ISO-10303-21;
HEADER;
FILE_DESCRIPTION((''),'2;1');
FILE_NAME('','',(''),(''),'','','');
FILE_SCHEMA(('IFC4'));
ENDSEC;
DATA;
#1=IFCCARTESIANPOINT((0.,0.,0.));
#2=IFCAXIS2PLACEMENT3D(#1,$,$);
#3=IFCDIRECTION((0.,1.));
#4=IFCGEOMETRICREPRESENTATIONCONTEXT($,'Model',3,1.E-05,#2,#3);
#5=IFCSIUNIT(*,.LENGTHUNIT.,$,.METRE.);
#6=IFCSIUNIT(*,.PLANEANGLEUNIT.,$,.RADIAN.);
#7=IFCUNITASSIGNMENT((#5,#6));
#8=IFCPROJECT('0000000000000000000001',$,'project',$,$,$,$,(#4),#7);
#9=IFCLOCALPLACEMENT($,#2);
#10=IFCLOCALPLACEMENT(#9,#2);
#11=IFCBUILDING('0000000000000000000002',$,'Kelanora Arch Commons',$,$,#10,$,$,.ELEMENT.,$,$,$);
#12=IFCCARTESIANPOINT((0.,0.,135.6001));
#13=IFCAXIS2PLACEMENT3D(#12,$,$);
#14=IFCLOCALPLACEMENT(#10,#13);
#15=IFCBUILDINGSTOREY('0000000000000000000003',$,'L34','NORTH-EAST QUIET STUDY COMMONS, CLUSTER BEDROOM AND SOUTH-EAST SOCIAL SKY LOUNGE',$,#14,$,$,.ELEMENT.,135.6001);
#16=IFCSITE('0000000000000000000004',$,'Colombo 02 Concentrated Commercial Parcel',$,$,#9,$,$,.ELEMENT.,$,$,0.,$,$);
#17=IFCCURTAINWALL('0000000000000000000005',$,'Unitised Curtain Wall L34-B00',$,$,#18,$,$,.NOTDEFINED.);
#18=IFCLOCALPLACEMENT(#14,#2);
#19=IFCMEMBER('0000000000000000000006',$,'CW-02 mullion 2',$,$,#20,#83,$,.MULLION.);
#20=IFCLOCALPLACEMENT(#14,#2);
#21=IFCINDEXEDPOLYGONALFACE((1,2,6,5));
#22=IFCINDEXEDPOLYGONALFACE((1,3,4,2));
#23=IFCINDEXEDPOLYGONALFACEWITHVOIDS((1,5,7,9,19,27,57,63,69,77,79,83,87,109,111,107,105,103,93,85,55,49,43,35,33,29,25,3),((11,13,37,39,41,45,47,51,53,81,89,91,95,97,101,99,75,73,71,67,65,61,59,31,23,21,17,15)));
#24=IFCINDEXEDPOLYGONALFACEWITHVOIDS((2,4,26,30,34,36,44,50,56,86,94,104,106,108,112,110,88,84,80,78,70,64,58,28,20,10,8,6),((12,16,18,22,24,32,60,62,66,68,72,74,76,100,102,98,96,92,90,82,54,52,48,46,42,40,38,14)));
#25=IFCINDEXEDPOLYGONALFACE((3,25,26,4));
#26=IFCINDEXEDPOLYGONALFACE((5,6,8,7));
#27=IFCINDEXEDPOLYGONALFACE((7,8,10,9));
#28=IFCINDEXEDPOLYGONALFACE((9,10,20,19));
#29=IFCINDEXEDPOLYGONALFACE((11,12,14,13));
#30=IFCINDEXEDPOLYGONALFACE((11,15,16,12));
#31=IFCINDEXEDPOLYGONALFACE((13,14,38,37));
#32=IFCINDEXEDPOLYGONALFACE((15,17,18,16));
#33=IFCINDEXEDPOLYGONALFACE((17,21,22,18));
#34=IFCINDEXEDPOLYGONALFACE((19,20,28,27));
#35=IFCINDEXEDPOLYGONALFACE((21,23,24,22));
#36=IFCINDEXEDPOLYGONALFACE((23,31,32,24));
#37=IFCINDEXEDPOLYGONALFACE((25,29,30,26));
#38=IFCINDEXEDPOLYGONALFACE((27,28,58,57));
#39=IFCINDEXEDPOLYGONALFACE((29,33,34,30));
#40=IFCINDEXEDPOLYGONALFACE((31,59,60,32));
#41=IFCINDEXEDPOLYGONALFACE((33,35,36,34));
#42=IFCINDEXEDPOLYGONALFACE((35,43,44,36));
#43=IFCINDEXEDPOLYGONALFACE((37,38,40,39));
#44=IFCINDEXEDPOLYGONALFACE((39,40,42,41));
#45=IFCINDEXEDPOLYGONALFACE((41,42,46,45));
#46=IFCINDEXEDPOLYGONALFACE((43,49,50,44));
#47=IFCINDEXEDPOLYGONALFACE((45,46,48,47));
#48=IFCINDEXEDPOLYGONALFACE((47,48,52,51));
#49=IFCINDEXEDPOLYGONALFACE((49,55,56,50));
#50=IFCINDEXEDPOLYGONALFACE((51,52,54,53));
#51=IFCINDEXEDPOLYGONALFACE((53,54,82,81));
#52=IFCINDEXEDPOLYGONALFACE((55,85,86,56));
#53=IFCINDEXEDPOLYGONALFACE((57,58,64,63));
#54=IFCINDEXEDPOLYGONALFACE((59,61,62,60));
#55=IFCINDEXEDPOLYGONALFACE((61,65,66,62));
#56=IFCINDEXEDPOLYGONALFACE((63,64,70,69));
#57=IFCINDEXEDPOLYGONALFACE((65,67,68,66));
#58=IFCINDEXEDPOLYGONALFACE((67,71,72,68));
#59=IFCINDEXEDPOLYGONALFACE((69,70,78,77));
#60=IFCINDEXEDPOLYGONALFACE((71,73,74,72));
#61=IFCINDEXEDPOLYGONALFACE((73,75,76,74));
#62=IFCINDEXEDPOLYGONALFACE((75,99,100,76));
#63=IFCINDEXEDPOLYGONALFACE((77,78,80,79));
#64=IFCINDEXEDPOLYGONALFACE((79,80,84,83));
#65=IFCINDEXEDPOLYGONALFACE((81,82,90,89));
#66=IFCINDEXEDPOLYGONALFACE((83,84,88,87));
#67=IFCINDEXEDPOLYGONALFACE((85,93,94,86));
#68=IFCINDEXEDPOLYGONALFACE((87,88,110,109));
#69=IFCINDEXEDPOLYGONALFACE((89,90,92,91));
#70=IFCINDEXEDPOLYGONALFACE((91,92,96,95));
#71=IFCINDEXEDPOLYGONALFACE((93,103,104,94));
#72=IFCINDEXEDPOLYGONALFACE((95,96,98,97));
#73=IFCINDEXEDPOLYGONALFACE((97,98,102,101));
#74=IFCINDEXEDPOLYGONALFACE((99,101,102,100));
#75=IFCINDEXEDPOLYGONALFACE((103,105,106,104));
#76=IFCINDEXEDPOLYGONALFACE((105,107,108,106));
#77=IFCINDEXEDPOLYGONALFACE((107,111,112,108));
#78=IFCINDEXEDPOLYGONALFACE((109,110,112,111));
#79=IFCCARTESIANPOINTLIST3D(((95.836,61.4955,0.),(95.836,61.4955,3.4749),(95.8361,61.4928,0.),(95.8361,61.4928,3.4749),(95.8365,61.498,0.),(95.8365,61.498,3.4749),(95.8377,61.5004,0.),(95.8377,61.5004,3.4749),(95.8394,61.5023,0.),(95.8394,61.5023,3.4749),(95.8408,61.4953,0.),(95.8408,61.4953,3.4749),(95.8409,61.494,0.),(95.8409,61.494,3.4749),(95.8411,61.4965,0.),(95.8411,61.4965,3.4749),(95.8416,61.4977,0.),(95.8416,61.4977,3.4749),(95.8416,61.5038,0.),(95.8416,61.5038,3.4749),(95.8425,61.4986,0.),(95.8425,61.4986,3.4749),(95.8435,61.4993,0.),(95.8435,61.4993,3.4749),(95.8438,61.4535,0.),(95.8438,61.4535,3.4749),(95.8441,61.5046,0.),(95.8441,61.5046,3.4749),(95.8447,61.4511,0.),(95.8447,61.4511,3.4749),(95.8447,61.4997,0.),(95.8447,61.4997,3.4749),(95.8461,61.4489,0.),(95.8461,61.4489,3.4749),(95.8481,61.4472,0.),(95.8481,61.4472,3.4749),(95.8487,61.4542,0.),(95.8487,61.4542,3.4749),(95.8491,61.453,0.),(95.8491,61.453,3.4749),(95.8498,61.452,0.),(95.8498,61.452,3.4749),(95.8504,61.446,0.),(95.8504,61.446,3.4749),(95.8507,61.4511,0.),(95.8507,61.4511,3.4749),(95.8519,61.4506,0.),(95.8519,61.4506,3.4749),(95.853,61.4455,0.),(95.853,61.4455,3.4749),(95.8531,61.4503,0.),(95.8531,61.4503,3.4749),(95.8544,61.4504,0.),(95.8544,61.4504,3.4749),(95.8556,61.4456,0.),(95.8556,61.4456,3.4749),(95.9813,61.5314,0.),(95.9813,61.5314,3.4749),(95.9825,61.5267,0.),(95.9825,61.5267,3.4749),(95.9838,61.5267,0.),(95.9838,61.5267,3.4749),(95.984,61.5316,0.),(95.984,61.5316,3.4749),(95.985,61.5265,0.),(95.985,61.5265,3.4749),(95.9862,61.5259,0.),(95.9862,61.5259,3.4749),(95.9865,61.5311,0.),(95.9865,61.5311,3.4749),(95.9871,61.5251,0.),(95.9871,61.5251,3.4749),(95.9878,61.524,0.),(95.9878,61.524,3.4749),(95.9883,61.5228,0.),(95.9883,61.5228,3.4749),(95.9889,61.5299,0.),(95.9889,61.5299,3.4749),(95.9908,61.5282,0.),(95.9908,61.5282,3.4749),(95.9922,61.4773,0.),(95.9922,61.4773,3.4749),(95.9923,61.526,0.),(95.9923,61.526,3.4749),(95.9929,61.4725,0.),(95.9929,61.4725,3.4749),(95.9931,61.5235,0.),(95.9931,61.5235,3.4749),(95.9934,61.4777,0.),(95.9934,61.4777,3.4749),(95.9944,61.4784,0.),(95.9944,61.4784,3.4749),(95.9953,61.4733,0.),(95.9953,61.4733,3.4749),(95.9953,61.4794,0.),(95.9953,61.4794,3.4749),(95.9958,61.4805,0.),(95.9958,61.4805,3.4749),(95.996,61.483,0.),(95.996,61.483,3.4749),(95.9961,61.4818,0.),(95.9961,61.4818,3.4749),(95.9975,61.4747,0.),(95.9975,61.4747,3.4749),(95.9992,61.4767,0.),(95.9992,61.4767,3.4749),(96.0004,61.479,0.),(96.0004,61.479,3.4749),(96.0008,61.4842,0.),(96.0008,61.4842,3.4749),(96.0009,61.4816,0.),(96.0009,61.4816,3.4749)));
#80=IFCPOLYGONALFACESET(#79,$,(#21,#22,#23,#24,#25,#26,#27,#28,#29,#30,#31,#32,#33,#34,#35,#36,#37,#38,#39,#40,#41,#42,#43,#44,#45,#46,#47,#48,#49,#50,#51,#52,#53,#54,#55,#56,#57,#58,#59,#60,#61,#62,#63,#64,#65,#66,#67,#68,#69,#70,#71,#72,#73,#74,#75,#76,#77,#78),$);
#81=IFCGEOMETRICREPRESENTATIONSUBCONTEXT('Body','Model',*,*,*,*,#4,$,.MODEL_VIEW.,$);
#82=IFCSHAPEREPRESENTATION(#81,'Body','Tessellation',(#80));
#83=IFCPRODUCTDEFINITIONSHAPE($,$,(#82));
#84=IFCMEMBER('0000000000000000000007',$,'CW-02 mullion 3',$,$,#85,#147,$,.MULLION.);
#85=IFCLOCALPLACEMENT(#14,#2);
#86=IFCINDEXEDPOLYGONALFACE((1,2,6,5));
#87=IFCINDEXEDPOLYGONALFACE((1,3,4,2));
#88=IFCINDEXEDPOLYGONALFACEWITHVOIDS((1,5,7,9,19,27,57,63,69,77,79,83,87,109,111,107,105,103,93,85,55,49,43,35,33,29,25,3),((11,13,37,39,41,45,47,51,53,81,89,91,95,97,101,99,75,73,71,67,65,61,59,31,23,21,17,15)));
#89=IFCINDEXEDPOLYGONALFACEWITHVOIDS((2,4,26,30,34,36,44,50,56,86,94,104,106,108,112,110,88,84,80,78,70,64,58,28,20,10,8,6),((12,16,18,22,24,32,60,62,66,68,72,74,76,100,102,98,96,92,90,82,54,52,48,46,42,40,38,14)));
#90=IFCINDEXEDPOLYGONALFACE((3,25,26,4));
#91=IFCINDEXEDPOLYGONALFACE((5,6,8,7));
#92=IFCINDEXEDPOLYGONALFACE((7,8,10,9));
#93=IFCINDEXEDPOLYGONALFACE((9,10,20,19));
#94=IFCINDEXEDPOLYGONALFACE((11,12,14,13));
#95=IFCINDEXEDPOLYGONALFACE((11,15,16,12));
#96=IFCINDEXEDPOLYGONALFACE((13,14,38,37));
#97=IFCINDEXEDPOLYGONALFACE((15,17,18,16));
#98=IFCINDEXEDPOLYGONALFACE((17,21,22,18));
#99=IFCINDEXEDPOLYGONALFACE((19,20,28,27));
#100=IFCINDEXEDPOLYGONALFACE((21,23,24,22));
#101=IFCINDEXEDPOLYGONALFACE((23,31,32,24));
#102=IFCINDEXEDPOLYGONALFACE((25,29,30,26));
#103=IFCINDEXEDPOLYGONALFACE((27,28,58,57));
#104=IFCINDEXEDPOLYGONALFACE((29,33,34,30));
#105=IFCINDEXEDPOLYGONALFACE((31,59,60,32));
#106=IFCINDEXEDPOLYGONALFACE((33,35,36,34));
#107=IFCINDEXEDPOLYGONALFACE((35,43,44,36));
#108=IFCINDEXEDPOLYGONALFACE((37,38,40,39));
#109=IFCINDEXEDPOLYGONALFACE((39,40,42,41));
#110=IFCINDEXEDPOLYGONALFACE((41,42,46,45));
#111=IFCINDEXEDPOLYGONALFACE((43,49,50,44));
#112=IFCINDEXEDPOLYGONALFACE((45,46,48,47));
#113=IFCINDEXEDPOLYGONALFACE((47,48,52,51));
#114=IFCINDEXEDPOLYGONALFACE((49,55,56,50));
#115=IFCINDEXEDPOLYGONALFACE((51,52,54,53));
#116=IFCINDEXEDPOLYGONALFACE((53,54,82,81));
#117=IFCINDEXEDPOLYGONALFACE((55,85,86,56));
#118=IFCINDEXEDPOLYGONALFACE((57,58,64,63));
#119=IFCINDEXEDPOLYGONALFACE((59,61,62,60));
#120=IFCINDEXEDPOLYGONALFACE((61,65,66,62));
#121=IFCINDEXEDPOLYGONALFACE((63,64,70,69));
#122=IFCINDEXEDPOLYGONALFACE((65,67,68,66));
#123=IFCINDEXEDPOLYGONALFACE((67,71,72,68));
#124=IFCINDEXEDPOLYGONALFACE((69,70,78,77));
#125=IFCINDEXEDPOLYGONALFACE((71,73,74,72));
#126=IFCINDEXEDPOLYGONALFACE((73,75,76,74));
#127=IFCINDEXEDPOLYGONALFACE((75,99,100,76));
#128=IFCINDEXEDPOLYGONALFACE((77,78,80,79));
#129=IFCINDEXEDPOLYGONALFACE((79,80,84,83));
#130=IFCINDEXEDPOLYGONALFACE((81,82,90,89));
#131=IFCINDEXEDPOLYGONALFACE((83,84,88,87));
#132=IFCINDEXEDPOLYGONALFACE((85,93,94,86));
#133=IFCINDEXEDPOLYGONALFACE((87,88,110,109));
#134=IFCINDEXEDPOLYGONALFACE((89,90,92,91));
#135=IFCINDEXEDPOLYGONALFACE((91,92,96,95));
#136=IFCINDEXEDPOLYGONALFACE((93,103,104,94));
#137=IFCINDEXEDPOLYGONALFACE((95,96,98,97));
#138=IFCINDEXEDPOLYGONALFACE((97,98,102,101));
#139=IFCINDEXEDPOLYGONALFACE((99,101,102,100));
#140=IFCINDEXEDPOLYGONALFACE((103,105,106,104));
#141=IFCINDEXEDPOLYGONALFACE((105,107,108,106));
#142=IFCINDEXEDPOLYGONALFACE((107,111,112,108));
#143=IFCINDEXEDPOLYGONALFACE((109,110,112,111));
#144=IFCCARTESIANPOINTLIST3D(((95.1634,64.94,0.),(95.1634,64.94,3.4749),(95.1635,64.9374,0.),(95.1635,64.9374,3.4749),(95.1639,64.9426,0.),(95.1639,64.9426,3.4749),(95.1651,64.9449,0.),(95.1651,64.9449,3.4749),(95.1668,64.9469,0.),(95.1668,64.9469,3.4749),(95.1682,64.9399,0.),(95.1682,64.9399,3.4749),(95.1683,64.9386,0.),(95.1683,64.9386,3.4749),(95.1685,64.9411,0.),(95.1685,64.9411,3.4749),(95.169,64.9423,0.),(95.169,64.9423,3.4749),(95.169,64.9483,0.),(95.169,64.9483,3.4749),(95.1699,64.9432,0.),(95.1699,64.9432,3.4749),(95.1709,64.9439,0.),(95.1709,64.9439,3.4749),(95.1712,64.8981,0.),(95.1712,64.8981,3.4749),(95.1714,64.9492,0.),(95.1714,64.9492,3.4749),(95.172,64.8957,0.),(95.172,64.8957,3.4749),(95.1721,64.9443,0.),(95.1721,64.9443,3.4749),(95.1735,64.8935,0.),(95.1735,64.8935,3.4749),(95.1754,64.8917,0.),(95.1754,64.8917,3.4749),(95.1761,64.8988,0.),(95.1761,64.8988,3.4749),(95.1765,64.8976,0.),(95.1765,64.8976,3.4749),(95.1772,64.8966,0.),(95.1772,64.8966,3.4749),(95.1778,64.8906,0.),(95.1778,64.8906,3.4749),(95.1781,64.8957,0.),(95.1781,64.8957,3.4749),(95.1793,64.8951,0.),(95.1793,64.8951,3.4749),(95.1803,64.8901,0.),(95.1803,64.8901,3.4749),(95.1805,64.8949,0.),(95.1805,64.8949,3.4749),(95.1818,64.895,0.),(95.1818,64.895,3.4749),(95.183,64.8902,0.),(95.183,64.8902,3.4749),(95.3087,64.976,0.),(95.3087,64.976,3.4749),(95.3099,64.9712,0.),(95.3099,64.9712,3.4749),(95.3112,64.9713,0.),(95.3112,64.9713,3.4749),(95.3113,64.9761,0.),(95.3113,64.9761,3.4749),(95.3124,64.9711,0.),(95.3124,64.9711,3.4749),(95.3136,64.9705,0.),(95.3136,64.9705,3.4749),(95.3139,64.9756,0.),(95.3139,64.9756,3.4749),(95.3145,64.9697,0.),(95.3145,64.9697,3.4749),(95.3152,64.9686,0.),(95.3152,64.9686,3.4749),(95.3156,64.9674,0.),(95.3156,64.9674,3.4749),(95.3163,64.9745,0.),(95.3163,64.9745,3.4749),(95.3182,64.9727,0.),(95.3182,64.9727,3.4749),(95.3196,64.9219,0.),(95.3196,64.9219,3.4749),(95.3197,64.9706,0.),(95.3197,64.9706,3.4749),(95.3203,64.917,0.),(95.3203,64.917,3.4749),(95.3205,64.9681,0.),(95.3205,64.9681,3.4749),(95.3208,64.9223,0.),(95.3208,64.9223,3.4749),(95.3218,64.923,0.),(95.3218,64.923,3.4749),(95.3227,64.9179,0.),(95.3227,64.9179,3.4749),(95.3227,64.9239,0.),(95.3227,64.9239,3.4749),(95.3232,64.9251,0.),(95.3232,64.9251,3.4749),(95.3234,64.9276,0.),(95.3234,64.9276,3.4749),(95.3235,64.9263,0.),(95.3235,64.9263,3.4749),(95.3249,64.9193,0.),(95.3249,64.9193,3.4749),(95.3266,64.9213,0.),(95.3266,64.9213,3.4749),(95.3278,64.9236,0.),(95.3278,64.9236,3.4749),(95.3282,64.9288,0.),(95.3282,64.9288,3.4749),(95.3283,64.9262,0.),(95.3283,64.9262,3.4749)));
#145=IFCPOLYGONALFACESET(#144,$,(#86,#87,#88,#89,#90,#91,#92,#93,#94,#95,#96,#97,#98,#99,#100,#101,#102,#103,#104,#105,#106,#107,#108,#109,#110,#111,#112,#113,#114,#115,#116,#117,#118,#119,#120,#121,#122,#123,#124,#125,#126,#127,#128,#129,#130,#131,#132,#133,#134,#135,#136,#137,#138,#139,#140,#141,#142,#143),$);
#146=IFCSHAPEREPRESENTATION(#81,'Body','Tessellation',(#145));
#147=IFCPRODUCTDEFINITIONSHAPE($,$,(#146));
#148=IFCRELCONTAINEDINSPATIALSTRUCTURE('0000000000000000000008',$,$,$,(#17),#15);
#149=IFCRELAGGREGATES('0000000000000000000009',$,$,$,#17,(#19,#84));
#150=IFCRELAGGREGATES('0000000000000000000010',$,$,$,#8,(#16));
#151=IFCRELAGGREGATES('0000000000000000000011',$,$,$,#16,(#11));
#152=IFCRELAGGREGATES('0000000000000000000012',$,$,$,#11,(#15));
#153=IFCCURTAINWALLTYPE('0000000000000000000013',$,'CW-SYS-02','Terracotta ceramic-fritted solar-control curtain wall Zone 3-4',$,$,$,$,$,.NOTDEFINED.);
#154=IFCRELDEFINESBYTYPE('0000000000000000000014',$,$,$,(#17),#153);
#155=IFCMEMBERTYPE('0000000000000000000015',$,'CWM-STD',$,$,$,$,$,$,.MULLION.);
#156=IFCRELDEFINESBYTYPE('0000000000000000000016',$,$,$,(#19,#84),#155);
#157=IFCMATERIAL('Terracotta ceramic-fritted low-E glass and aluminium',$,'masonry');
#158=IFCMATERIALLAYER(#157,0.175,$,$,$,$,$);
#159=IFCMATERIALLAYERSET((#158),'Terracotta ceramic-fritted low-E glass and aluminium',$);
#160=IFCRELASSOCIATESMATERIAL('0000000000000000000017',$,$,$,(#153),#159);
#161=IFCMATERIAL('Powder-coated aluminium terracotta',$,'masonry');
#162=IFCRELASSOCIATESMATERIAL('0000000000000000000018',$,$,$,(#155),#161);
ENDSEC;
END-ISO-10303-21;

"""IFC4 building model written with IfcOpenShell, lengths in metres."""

from ifc_helpers import new_model, si_unit, direction, frame, origin, origin_2d, place, context, subcontext, project, spatial, hollow_rectangle, extrude, material, layer, layer_set, material_profile, profile_set, type_object, element, aggregate, save


model = new_model("IFC4")

# Units and contexts
model_context = context("Model", 3, precision=1e-05, world=origin(), true_north=direction((0.0, 1.0)))
body_context = subcontext(model_context, "Body", "Model", "MODEL_VIEW")
ifc_project = project(units=[si_unit("LENGTHUNIT", "METRE"), si_unit("PLANEANGLEUNIT", "RADIAN")], contexts=[model_context])

# Site, building, storey
site_placement = place(None, origin())
site = spatial("IfcSite", under=ifc_project, at=site_placement, Name="Colombo 02 Concentrated Commercial Parcel", CompositionType="ELEMENT", RefElevation=0.0)
building_placement = place(site_placement, origin())
building = spatial("IfcBuilding", under=site, at=building_placement, Name="Kelanora Arch Commons", CompositionType="ELEMENT")
storey_placement = place(building_placement, frame((0.0, 0.0, 135.6001)))
storey = spatial("IfcBuildingStorey", under=building, at=storey_placement, Name="L34", Description="NORTH-EAST QUIET STUDY COMMONS, CLUSTER BEDROOM AND SOUTH-EAST SOCIAL SKY LOUNGE", CompositionType="ELEMENT", Elevation=135.6001)

# Curtain wall, members
ifc_material_1 = material(Name="Terracotta ceramic-fritted low-E glass and aluminium", Category="masonry")
ifc_layer_1 = layer(ifc_material_1, 0.175)
ifc_layer_set_1 = layer_set([ifc_layer_1], Name="Terracotta ceramic-fritted low-E glass and aluminium")
curtain_wall_type = type_object("IfcCurtainWallType", Name="CW-SYS-02", Description="Terracotta ceramic-fritted solar-control curtain wall Zone 3-4", PredefinedType="NOTDEFINED", material=ifc_layer_set_1)
curtain_wall_placement = place(storey_placement, origin())
curtain_wall = element("IfcCurtainWall", 1, at=curtain_wall_placement, inside=storey, type_object=curtain_wall_type, Name="Unitised Curtain Wall L34-B00", PredefinedType="NOTDEFINED")
ifc_material_2 = material(Name="Powder-coated aluminium terracotta", Category="masonry")
ifc_material_profile_1 = material_profile(ifc_material_2, hollow_rectangle(XDim=0.1599, YDim=0.0601, WallThickness=0.0049, InnerFilletRadius=0.0049, OuterFilletRadius=0.01, at=origin_2d()), Name="CWM160x60")
ifc_profile_set_1 = profile_set([ifc_material_profile_1], Name="Powder-coated aluminium terracotta")
member_type_1 = type_object("IfcMemberType", Name="CWM-STD", PredefinedType="MULLION", material=ifc_profile_set_1)
member_1_placement = place(storey_placement, frame((95.9185, 61.4885, 0.0), z_axis=(0.0, 0.0, 1.0), x_axis=(-0.981453, -0.191705, 0.0)))
member_1 = element("IfcMember", 2, at=member_1_placement, type_object=member_type_1, Name="CW-02 mullion 2", PredefinedType="MULLION", context=body_context, shape_type="SweptSolid", body=[
    extrude(hollow_rectangle(XDim=0.1599, YDim=0.0601, WallThickness=0.0049, InnerFilletRadius=0.0049, OuterFilletRadius=0.01, at=origin_2d()), origin(), (0.0, 0.0, 1.0), 3.4749),
])
member_2_placement = place(storey_placement, frame((95.2458, 64.9331, 0.0), z_axis=(0.0, 0.0, 1.0), x_axis=(-0.981453, -0.191705, 0.0)))
member_2 = element("IfcMember", 3, at=member_2_placement, type_object=member_type_1, Name="CW-02 mullion 3", PredefinedType="MULLION", context=body_context, shape_type="SweptSolid", body=[
    extrude(hollow_rectangle(XDim=0.1599, YDim=0.0601, WallThickness=0.0049, InnerFilletRadius=0.0049, OuterFilletRadius=0.01, at=origin_2d()), origin(), (0.0, 0.0, 1.0), 3.4749),
])
aggregate(curtain_wall, [member_1, member_2])

save(model, "model.ifc")
